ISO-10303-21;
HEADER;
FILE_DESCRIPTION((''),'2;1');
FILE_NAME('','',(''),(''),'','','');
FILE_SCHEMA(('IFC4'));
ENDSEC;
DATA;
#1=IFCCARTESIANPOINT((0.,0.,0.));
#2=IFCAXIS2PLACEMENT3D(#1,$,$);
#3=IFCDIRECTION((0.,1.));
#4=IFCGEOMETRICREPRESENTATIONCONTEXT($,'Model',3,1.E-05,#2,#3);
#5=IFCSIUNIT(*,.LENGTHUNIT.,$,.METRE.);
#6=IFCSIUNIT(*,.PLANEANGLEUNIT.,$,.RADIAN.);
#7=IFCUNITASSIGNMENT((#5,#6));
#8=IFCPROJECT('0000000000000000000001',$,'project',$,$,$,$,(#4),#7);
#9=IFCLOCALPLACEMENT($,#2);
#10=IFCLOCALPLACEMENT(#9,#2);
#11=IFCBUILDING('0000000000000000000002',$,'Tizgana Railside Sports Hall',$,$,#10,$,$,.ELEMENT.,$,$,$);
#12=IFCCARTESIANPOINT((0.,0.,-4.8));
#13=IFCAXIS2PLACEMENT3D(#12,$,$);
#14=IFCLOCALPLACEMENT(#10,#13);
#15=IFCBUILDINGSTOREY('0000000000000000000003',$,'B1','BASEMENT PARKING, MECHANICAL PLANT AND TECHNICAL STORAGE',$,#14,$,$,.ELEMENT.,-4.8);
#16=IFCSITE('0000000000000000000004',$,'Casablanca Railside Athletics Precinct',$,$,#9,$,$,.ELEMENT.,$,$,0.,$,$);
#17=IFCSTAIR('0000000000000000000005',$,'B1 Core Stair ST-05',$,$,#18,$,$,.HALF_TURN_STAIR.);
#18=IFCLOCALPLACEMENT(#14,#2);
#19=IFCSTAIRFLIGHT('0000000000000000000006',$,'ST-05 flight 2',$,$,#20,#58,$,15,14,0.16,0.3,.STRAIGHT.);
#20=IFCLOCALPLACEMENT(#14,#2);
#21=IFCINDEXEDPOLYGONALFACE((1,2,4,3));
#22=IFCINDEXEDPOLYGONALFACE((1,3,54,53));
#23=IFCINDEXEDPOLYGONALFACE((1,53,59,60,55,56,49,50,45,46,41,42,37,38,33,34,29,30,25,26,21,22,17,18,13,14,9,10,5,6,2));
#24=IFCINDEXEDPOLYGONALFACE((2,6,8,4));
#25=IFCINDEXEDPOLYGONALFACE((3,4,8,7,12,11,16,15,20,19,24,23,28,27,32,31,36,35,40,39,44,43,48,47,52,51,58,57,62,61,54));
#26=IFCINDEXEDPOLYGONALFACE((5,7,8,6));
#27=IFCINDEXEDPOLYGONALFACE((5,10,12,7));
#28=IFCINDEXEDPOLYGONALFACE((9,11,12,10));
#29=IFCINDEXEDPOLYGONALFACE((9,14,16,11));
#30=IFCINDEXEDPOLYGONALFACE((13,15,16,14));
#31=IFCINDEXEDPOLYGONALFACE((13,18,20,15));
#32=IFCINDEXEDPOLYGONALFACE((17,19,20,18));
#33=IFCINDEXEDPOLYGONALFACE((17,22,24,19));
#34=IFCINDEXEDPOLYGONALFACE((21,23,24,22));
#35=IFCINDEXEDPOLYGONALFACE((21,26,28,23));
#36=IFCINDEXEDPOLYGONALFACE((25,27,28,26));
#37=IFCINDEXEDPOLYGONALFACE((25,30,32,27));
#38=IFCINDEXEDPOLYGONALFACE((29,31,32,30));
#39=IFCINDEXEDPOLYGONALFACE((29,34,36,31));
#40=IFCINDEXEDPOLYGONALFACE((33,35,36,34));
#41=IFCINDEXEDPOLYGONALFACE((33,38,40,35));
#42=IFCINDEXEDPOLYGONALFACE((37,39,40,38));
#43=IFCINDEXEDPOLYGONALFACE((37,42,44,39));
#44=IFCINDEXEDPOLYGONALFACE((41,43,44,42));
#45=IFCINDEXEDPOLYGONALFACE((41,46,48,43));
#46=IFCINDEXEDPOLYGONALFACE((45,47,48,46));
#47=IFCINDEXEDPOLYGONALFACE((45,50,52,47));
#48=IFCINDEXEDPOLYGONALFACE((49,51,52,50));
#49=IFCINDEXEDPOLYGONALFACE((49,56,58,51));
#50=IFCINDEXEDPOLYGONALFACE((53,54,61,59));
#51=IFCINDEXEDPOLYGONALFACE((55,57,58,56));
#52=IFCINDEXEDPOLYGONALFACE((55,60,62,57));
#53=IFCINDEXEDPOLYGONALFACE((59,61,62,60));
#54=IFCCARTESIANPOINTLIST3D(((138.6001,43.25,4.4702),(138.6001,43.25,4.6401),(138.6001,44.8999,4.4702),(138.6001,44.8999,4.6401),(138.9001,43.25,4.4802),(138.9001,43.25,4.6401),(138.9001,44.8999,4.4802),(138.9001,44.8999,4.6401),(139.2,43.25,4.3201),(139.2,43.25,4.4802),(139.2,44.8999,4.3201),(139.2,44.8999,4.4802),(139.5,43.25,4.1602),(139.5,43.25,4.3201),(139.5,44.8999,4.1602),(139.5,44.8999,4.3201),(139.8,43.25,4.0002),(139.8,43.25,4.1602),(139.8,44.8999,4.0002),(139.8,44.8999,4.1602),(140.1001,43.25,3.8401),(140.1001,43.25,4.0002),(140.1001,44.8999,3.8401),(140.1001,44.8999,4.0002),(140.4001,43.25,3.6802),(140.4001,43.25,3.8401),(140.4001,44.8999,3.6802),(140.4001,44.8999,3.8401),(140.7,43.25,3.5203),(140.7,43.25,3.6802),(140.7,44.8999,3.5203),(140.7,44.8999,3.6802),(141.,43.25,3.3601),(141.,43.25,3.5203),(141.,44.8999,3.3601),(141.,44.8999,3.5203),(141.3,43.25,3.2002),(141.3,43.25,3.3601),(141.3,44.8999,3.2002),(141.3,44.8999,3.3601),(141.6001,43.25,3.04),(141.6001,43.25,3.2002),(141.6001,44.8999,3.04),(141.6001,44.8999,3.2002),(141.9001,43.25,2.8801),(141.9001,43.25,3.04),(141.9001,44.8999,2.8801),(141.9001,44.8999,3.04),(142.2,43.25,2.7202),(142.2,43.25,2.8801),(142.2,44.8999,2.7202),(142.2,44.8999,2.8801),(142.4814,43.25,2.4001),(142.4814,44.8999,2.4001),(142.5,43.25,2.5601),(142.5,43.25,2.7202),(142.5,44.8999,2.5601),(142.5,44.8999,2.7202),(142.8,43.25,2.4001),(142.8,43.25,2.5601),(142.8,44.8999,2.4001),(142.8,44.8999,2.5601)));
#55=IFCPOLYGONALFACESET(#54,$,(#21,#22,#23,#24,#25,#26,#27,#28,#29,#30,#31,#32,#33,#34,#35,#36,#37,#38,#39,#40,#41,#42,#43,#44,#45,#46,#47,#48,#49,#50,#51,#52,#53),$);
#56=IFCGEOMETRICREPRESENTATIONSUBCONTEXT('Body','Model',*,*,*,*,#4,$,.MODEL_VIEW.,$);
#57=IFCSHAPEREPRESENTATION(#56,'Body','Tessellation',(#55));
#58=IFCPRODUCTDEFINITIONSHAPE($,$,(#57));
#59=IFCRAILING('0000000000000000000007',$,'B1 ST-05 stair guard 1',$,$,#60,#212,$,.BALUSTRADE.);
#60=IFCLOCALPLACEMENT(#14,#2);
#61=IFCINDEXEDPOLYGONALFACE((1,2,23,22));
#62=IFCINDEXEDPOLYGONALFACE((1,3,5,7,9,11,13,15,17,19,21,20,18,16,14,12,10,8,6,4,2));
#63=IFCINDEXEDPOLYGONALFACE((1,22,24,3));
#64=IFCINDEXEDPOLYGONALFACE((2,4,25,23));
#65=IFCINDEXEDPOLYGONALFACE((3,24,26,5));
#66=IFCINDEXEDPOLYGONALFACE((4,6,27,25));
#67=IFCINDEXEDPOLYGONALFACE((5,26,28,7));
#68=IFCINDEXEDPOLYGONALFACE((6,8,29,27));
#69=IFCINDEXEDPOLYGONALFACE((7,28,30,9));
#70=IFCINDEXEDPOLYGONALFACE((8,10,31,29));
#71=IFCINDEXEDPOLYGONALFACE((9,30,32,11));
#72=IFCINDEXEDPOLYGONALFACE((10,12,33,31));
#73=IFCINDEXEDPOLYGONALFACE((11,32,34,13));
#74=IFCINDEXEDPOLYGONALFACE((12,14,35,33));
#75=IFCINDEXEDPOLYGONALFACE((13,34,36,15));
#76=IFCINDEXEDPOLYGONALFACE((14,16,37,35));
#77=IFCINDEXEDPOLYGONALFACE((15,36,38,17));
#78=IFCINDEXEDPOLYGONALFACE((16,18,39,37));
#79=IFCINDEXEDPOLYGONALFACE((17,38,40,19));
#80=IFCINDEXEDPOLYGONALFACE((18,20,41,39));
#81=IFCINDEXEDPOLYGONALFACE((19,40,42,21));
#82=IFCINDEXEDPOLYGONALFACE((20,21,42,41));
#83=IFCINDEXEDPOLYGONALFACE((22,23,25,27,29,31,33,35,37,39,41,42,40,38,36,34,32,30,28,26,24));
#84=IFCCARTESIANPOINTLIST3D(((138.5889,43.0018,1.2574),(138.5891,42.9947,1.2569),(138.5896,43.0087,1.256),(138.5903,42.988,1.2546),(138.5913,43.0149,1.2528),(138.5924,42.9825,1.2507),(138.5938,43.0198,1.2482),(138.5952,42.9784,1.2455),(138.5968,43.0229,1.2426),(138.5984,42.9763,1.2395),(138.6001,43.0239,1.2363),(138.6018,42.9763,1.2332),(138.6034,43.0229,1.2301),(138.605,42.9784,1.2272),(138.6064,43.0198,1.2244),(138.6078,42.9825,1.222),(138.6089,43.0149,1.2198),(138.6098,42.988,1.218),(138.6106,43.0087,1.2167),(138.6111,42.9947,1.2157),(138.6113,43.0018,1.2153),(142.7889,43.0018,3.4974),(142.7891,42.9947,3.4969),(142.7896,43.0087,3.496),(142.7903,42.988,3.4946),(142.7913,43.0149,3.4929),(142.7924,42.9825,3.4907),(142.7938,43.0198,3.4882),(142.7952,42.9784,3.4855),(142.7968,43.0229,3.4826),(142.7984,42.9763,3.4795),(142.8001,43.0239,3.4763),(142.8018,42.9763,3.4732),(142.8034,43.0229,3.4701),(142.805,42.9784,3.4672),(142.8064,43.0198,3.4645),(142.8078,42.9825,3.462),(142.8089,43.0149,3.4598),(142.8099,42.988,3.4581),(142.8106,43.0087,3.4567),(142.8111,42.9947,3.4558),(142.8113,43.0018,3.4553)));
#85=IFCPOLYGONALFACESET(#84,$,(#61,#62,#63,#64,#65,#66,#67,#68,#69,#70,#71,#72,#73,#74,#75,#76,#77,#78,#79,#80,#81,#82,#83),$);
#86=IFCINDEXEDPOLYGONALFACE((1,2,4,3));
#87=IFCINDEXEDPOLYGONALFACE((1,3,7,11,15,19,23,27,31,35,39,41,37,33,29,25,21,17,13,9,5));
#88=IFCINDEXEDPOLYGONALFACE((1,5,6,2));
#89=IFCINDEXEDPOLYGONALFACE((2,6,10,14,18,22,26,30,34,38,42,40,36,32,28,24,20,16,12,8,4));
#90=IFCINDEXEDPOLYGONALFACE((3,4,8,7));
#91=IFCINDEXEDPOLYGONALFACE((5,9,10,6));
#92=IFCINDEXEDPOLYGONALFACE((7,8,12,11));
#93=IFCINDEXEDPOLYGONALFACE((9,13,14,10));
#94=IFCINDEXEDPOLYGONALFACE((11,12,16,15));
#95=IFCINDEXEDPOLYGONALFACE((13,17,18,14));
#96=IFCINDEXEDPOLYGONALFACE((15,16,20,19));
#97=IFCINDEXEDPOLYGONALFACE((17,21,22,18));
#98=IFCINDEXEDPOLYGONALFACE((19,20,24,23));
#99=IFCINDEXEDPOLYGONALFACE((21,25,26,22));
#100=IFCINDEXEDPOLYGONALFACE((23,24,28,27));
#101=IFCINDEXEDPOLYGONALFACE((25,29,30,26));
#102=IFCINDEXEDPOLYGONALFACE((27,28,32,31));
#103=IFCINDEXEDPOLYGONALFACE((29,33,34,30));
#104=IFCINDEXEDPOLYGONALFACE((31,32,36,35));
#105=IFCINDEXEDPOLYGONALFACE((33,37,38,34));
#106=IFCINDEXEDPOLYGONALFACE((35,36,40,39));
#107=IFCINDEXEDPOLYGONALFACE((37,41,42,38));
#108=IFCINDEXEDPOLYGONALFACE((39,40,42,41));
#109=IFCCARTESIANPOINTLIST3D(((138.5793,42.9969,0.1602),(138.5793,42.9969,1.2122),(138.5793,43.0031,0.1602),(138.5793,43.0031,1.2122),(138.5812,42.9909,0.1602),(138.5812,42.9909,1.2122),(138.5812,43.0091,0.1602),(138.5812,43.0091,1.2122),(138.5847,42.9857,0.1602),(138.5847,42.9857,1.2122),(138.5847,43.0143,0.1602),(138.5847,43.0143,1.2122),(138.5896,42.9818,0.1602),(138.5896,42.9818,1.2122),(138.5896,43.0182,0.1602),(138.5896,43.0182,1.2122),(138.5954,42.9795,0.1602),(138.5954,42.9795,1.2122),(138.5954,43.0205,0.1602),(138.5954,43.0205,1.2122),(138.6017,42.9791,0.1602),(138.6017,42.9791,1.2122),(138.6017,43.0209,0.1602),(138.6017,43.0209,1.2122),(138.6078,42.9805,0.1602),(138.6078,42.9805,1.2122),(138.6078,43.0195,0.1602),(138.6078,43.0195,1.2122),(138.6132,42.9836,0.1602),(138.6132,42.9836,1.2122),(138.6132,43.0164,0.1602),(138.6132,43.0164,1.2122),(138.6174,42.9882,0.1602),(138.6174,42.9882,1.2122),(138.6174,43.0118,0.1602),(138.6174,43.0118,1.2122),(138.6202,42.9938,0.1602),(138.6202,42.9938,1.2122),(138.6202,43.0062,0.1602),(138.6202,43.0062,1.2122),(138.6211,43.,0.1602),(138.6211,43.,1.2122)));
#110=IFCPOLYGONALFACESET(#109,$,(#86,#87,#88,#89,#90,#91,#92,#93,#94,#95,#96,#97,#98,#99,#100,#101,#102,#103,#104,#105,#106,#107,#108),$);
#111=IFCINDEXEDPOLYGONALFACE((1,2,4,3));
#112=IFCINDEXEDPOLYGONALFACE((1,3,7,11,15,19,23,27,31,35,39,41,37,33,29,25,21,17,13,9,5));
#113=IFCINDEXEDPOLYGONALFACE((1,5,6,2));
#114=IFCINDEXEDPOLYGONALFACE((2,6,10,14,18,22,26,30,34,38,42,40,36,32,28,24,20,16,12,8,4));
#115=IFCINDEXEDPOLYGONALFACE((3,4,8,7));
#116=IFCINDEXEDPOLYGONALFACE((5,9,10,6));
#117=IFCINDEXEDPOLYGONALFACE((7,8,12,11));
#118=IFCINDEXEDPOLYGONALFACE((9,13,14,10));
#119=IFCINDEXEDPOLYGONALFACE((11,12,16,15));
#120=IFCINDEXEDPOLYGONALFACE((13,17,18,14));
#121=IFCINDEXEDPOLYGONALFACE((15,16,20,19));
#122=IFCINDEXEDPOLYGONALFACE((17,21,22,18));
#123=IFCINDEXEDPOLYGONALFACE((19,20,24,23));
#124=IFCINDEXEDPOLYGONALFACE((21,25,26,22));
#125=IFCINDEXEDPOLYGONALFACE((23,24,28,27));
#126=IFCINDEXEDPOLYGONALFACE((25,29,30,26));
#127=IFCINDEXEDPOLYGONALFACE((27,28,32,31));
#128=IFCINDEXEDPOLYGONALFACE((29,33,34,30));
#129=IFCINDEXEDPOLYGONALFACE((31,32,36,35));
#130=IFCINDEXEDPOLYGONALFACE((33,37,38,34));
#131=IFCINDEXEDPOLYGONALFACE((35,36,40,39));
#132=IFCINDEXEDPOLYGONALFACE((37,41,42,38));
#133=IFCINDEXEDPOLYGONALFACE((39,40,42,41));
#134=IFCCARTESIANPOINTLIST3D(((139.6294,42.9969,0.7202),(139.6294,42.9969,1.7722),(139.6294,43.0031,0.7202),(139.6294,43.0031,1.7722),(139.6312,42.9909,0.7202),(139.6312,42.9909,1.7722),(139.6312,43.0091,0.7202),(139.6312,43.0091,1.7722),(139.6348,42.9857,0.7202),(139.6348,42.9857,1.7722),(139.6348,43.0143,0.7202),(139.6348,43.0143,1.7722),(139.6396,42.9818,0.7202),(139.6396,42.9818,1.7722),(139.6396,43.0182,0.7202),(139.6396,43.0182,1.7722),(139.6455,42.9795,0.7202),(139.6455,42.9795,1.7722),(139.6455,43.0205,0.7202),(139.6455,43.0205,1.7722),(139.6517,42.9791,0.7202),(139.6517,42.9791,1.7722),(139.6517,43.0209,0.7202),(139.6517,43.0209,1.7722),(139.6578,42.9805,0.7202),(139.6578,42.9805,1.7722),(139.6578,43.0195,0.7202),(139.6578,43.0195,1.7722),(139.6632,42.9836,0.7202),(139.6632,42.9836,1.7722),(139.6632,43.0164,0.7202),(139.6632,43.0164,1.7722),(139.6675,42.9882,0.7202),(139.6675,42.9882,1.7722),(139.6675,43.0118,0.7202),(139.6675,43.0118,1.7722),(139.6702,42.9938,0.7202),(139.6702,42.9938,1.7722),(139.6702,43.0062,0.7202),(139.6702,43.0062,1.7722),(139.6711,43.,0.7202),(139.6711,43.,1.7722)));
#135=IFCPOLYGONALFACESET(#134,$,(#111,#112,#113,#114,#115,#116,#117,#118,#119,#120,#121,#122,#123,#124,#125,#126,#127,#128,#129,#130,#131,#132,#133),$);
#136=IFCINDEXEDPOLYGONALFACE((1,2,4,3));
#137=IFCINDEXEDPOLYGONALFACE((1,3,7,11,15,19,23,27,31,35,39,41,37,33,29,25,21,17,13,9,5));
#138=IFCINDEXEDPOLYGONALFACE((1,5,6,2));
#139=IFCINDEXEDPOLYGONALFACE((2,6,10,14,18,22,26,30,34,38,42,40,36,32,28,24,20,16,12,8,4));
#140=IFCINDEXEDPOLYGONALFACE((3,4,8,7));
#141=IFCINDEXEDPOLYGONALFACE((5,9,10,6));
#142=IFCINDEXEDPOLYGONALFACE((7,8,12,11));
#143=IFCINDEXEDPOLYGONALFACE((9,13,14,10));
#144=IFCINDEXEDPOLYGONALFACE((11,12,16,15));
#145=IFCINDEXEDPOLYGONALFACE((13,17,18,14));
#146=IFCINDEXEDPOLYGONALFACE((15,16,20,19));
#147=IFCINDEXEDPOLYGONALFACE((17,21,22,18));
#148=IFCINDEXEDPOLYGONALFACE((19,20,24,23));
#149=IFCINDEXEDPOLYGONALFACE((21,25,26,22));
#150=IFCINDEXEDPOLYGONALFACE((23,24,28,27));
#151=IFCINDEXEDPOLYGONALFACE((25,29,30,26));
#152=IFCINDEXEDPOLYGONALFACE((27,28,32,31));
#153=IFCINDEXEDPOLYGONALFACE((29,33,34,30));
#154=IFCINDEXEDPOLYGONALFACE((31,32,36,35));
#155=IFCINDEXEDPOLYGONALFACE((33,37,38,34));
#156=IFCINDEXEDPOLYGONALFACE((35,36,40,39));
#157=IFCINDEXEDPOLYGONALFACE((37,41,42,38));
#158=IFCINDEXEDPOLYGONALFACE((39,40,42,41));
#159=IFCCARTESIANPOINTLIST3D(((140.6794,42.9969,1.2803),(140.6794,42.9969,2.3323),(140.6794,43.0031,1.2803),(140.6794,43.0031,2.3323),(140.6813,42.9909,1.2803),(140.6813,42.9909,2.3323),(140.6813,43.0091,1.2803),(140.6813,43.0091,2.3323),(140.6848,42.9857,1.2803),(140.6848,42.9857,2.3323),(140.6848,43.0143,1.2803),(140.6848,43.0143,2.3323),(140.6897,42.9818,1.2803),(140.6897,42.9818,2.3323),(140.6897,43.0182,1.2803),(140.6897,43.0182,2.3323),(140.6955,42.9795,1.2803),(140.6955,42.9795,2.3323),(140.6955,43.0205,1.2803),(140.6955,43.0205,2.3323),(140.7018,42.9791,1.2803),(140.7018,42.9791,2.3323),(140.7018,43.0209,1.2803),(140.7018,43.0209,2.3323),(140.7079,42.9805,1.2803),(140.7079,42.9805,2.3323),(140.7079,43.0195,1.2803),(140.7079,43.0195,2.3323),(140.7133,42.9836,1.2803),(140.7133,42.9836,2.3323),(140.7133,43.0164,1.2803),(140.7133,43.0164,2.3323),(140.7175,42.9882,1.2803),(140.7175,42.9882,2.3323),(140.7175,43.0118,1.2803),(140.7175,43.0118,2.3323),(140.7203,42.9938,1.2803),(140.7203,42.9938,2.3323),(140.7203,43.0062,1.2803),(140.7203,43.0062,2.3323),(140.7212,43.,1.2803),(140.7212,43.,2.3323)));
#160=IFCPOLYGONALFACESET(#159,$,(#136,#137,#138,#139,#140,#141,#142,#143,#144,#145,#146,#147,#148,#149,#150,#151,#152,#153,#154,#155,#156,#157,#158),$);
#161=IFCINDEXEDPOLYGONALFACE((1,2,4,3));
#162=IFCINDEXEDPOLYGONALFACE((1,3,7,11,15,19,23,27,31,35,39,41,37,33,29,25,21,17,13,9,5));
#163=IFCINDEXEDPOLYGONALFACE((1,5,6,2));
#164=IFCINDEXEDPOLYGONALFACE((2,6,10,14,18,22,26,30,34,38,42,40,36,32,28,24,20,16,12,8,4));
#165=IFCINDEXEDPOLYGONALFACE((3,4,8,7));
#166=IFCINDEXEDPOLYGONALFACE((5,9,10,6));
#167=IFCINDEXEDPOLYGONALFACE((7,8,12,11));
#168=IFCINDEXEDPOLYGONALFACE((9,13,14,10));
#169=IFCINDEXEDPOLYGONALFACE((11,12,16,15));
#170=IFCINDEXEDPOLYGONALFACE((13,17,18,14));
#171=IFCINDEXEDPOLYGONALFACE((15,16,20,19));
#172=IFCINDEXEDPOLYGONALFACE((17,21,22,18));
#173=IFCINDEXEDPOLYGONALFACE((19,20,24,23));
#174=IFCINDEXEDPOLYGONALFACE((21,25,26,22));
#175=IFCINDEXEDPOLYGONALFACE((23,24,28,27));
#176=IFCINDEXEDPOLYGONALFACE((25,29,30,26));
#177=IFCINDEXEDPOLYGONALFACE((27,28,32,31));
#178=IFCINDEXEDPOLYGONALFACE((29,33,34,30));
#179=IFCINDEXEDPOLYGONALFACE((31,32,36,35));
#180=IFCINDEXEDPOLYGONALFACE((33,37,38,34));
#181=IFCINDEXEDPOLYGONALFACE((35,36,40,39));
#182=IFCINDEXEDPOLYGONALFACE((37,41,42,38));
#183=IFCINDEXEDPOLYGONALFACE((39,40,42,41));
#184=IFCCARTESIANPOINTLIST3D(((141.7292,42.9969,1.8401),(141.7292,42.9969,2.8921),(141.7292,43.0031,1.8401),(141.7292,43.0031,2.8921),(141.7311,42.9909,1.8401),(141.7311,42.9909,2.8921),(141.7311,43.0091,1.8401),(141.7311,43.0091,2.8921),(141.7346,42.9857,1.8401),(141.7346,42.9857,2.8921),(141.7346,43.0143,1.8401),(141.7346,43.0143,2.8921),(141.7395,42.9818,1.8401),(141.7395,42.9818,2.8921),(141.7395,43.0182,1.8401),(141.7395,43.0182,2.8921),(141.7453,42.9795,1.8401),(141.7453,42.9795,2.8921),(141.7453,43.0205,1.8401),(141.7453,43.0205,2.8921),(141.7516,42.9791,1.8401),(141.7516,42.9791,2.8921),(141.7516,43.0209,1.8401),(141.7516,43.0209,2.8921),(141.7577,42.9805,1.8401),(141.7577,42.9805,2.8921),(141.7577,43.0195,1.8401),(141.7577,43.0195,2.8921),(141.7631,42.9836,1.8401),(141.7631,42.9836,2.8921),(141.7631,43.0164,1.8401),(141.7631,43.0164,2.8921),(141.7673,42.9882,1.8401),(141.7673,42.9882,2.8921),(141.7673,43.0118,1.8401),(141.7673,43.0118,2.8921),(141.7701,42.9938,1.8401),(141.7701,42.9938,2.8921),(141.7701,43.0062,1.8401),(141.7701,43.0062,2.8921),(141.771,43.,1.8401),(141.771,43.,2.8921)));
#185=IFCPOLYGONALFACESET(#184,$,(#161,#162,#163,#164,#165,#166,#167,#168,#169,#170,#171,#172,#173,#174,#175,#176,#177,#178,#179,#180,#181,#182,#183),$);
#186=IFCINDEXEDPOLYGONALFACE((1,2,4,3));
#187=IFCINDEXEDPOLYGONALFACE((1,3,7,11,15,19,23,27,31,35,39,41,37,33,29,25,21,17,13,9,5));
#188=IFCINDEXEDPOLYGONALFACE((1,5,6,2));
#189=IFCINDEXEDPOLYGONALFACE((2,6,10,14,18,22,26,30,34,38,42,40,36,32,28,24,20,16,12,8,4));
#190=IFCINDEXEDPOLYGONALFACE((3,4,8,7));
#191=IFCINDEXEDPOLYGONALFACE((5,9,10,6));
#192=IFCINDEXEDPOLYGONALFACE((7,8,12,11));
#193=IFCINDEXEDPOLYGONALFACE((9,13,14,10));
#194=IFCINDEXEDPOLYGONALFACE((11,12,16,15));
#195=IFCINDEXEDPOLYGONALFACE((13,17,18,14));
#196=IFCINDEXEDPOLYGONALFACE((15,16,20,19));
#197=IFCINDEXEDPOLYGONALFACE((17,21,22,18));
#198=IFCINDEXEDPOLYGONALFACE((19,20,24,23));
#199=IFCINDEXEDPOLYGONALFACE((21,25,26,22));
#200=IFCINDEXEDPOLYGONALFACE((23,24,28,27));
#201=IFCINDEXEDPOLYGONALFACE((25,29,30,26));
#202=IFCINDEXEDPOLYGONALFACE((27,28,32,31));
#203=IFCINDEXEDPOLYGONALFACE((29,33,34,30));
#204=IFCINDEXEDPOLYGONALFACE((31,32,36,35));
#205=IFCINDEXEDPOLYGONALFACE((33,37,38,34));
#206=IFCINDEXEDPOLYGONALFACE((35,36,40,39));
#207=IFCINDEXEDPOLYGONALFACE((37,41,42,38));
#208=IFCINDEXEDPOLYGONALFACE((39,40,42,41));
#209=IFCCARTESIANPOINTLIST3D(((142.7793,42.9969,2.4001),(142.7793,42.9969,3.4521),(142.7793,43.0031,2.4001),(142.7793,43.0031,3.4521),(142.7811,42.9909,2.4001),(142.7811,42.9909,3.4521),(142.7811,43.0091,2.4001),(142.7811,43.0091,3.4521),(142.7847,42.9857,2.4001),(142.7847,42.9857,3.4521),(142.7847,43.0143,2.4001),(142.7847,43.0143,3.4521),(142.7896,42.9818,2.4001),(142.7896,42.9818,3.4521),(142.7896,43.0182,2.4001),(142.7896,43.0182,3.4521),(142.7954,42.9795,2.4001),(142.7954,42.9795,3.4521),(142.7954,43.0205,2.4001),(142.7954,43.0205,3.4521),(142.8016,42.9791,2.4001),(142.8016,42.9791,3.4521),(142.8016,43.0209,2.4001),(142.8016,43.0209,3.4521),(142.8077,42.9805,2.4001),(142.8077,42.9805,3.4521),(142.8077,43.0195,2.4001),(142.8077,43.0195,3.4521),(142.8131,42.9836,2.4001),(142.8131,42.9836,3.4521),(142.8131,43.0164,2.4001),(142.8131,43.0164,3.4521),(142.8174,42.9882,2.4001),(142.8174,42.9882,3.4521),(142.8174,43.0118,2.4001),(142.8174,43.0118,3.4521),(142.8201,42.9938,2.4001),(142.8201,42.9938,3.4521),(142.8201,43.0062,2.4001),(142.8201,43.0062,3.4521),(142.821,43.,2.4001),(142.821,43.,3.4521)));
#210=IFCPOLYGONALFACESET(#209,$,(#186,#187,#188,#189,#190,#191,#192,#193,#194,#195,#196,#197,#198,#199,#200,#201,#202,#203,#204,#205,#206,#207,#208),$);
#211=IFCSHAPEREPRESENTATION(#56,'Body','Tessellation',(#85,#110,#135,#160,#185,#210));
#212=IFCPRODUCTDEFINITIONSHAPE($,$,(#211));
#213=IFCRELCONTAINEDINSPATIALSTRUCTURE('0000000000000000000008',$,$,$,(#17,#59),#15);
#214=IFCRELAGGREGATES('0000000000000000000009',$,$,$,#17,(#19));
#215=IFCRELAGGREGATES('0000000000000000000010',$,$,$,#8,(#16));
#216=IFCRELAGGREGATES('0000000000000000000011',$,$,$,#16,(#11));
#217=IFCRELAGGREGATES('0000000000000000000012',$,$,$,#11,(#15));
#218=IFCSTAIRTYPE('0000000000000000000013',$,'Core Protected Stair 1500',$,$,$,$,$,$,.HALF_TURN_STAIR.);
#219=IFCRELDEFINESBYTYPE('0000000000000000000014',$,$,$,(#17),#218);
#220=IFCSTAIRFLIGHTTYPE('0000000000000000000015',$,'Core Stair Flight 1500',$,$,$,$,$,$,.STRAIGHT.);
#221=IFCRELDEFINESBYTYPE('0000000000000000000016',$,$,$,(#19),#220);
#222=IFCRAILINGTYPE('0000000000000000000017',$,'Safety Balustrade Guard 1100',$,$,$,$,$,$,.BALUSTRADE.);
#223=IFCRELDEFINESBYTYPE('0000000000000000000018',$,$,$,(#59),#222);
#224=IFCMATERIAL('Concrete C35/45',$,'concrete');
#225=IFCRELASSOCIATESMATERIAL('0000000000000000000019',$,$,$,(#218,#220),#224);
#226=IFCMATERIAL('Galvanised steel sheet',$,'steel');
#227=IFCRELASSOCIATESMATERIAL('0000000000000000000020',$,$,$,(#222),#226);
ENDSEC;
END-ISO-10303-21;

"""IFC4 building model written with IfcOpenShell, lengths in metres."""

from ifc_helpers import new_model, si_unit, direction, frame, origin, origin_2d, place, context, subcontext, project, spatial, polyline, circle, outline, extrude, material, type_object, element, aggregate, save


model = new_model("IFC4")

# Units and contexts
model_context = context("Model", 3, precision=1e-05, world=origin(), true_north=direction((0.0, 1.0)))
body_context = subcontext(model_context, "Body", "Model", "MODEL_VIEW")
ifc_project = project(units=[si_unit("LENGTHUNIT", "METRE"), si_unit("PLANEANGLEUNIT", "RADIAN")], contexts=[model_context])

# Site, building, storey
site_placement = place(None, origin())
site = spatial("IfcSite", under=ifc_project, at=site_placement, Name="Casablanca Railside Athletics Precinct", CompositionType="ELEMENT", RefElevation=0.0)
building_placement = place(site_placement, origin())
building = spatial("IfcBuilding", under=site, at=building_placement, Name="Tizgana Railside Sports Hall", CompositionType="ELEMENT")
storey_placement = place(building_placement, frame((0.0, 0.0, -4.8)))
storey = spatial("IfcBuildingStorey", under=building, at=storey_placement, Name="B1", Description="BASEMENT PARKING, MECHANICAL PLANT AND TECHNICAL STORAGE", CompositionType="ELEMENT", Elevation=-4.8)

# Shared definitions
ifc_material_1 = material(Name="Concrete C35/45", Category="concrete")

# Stair, stair flight
stair_type = type_object("IfcStairType", Name="Core Protected Stair 1500", PredefinedType="HALF_TURN_STAIR", material=ifc_material_1)
stair_placement = place(storey_placement, origin())
stair = element("IfcStair", 1, at=stair_placement, inside=storey, type_object=stair_type, Name="B1 Core Stair ST-05", PredefinedType="HALF_TURN_STAIR")
stair_flight_type = type_object("IfcStairFlightType", Name="Core Stair Flight 1500", PredefinedType="STRAIGHT", material=ifc_material_1)
stair_flight_1_placement = place(storey_placement, frame((142.8, 44.075, 2.4001), z_axis=(0.0, 0.0, 1.0), x_axis=(-1.0, 0.0, 0.0)))
stair_flight_1 = element("IfcStairFlight", 2, at=stair_flight_1_placement, type_object=stair_flight_type, Name="ST-05 flight 2", NumberOfRisers=15, NumberOfTreads=14, PredefinedType="STRAIGHT", RiserHeight=0.16, TreadLength=0.3, context=body_context, shape_type="SweptSolid", body=[
    extrude(outline(polyline([(0.0, 0.0), (0.0, 0.1599), (0.3, 0.1599), (0.3, 0.3201), (0.6001, 0.3201), (0.6001, 0.48), (0.8999, 0.48), (0.8999, 0.6399), (1.2, 0.6399), (1.2, 0.8), (1.5, 0.8), (1.5, 0.96), (1.8, 0.96), (1.8, 1.1201), (2.1001, 1.1201), (2.1001, 1.28), (2.3999, 1.28), (2.3999, 1.4399), (2.7, 1.4399), (2.7, 1.6001), (3.0, 1.6001), (3.0, 1.76), (3.3, 1.76), (3.3, 1.9199), (3.6001, 1.9199), (3.6001, 2.0801), (3.8999, 2.0801), (3.8999, 2.24), (4.2, 2.24), (4.2, 2.3999), (4.2, 2.0701), (0.3186, 0.0), (0.0, 0.0)])), frame((0.0, 0.825, 0.0), z_axis=(0.0, -1.0, 0.0), x_axis=(1.0, 0.0, 0.0)), (0.0, 0.0, 1.0), 1.6499),
])
aggregate(stair, [stair_flight_1])

# Railing
ifc_material_2 = material(Name="Galvanised steel sheet", Category="steel")
railing_type_1 = type_object("IfcRailingType", Name="Safety Balustrade Guard 1100", PredefinedType="BALUSTRADE", material=ifc_material_2)
railing_1_placement = place(storey_placement, frame((138.6001, 43.0, 0.1602)))
element("IfcRailing", 3, at=railing_1_placement, inside=storey, type_object=railing_type_1, Name="B1 ST-05 stair guard 1", PredefinedType="BALUSTRADE", context=body_context, shape_type="SweptSolid", body=[
    extrude(circle(Radius=0.0239, at=origin_2d()), frame((0.0, 0.0, 1.0762), z_axis=(0.882352, 0.0, 0.470591), x_axis=(0.0, 1.0, 0.0)), (0.0, 0.0, 1.0), 4.76),
    extrude(circle(Radius=0.021, at=origin_2d()), origin(), (0.0, 0.0, 1.0), 1.052),
    extrude(circle(Radius=0.021, at=origin_2d()), frame((1.05, 0.0, 0.5601)), (0.0, 0.0, 1.0), 1.052),
    extrude(circle(Radius=0.021, at=origin_2d()), frame((2.1001, 0.0, 1.1201)), (0.0, 0.0, 1.0), 1.052),
    extrude(circle(Radius=0.021, at=origin_2d()), frame((3.1499, 0.0, 1.6799)), (0.0, 0.0, 1.0), 1.052),
    extrude(circle(Radius=0.021, at=origin_2d()), frame((4.2, 0.0, 2.24)), (0.0, 0.0, 1.0), 1.052),
])

save(model, "model.ifc")
